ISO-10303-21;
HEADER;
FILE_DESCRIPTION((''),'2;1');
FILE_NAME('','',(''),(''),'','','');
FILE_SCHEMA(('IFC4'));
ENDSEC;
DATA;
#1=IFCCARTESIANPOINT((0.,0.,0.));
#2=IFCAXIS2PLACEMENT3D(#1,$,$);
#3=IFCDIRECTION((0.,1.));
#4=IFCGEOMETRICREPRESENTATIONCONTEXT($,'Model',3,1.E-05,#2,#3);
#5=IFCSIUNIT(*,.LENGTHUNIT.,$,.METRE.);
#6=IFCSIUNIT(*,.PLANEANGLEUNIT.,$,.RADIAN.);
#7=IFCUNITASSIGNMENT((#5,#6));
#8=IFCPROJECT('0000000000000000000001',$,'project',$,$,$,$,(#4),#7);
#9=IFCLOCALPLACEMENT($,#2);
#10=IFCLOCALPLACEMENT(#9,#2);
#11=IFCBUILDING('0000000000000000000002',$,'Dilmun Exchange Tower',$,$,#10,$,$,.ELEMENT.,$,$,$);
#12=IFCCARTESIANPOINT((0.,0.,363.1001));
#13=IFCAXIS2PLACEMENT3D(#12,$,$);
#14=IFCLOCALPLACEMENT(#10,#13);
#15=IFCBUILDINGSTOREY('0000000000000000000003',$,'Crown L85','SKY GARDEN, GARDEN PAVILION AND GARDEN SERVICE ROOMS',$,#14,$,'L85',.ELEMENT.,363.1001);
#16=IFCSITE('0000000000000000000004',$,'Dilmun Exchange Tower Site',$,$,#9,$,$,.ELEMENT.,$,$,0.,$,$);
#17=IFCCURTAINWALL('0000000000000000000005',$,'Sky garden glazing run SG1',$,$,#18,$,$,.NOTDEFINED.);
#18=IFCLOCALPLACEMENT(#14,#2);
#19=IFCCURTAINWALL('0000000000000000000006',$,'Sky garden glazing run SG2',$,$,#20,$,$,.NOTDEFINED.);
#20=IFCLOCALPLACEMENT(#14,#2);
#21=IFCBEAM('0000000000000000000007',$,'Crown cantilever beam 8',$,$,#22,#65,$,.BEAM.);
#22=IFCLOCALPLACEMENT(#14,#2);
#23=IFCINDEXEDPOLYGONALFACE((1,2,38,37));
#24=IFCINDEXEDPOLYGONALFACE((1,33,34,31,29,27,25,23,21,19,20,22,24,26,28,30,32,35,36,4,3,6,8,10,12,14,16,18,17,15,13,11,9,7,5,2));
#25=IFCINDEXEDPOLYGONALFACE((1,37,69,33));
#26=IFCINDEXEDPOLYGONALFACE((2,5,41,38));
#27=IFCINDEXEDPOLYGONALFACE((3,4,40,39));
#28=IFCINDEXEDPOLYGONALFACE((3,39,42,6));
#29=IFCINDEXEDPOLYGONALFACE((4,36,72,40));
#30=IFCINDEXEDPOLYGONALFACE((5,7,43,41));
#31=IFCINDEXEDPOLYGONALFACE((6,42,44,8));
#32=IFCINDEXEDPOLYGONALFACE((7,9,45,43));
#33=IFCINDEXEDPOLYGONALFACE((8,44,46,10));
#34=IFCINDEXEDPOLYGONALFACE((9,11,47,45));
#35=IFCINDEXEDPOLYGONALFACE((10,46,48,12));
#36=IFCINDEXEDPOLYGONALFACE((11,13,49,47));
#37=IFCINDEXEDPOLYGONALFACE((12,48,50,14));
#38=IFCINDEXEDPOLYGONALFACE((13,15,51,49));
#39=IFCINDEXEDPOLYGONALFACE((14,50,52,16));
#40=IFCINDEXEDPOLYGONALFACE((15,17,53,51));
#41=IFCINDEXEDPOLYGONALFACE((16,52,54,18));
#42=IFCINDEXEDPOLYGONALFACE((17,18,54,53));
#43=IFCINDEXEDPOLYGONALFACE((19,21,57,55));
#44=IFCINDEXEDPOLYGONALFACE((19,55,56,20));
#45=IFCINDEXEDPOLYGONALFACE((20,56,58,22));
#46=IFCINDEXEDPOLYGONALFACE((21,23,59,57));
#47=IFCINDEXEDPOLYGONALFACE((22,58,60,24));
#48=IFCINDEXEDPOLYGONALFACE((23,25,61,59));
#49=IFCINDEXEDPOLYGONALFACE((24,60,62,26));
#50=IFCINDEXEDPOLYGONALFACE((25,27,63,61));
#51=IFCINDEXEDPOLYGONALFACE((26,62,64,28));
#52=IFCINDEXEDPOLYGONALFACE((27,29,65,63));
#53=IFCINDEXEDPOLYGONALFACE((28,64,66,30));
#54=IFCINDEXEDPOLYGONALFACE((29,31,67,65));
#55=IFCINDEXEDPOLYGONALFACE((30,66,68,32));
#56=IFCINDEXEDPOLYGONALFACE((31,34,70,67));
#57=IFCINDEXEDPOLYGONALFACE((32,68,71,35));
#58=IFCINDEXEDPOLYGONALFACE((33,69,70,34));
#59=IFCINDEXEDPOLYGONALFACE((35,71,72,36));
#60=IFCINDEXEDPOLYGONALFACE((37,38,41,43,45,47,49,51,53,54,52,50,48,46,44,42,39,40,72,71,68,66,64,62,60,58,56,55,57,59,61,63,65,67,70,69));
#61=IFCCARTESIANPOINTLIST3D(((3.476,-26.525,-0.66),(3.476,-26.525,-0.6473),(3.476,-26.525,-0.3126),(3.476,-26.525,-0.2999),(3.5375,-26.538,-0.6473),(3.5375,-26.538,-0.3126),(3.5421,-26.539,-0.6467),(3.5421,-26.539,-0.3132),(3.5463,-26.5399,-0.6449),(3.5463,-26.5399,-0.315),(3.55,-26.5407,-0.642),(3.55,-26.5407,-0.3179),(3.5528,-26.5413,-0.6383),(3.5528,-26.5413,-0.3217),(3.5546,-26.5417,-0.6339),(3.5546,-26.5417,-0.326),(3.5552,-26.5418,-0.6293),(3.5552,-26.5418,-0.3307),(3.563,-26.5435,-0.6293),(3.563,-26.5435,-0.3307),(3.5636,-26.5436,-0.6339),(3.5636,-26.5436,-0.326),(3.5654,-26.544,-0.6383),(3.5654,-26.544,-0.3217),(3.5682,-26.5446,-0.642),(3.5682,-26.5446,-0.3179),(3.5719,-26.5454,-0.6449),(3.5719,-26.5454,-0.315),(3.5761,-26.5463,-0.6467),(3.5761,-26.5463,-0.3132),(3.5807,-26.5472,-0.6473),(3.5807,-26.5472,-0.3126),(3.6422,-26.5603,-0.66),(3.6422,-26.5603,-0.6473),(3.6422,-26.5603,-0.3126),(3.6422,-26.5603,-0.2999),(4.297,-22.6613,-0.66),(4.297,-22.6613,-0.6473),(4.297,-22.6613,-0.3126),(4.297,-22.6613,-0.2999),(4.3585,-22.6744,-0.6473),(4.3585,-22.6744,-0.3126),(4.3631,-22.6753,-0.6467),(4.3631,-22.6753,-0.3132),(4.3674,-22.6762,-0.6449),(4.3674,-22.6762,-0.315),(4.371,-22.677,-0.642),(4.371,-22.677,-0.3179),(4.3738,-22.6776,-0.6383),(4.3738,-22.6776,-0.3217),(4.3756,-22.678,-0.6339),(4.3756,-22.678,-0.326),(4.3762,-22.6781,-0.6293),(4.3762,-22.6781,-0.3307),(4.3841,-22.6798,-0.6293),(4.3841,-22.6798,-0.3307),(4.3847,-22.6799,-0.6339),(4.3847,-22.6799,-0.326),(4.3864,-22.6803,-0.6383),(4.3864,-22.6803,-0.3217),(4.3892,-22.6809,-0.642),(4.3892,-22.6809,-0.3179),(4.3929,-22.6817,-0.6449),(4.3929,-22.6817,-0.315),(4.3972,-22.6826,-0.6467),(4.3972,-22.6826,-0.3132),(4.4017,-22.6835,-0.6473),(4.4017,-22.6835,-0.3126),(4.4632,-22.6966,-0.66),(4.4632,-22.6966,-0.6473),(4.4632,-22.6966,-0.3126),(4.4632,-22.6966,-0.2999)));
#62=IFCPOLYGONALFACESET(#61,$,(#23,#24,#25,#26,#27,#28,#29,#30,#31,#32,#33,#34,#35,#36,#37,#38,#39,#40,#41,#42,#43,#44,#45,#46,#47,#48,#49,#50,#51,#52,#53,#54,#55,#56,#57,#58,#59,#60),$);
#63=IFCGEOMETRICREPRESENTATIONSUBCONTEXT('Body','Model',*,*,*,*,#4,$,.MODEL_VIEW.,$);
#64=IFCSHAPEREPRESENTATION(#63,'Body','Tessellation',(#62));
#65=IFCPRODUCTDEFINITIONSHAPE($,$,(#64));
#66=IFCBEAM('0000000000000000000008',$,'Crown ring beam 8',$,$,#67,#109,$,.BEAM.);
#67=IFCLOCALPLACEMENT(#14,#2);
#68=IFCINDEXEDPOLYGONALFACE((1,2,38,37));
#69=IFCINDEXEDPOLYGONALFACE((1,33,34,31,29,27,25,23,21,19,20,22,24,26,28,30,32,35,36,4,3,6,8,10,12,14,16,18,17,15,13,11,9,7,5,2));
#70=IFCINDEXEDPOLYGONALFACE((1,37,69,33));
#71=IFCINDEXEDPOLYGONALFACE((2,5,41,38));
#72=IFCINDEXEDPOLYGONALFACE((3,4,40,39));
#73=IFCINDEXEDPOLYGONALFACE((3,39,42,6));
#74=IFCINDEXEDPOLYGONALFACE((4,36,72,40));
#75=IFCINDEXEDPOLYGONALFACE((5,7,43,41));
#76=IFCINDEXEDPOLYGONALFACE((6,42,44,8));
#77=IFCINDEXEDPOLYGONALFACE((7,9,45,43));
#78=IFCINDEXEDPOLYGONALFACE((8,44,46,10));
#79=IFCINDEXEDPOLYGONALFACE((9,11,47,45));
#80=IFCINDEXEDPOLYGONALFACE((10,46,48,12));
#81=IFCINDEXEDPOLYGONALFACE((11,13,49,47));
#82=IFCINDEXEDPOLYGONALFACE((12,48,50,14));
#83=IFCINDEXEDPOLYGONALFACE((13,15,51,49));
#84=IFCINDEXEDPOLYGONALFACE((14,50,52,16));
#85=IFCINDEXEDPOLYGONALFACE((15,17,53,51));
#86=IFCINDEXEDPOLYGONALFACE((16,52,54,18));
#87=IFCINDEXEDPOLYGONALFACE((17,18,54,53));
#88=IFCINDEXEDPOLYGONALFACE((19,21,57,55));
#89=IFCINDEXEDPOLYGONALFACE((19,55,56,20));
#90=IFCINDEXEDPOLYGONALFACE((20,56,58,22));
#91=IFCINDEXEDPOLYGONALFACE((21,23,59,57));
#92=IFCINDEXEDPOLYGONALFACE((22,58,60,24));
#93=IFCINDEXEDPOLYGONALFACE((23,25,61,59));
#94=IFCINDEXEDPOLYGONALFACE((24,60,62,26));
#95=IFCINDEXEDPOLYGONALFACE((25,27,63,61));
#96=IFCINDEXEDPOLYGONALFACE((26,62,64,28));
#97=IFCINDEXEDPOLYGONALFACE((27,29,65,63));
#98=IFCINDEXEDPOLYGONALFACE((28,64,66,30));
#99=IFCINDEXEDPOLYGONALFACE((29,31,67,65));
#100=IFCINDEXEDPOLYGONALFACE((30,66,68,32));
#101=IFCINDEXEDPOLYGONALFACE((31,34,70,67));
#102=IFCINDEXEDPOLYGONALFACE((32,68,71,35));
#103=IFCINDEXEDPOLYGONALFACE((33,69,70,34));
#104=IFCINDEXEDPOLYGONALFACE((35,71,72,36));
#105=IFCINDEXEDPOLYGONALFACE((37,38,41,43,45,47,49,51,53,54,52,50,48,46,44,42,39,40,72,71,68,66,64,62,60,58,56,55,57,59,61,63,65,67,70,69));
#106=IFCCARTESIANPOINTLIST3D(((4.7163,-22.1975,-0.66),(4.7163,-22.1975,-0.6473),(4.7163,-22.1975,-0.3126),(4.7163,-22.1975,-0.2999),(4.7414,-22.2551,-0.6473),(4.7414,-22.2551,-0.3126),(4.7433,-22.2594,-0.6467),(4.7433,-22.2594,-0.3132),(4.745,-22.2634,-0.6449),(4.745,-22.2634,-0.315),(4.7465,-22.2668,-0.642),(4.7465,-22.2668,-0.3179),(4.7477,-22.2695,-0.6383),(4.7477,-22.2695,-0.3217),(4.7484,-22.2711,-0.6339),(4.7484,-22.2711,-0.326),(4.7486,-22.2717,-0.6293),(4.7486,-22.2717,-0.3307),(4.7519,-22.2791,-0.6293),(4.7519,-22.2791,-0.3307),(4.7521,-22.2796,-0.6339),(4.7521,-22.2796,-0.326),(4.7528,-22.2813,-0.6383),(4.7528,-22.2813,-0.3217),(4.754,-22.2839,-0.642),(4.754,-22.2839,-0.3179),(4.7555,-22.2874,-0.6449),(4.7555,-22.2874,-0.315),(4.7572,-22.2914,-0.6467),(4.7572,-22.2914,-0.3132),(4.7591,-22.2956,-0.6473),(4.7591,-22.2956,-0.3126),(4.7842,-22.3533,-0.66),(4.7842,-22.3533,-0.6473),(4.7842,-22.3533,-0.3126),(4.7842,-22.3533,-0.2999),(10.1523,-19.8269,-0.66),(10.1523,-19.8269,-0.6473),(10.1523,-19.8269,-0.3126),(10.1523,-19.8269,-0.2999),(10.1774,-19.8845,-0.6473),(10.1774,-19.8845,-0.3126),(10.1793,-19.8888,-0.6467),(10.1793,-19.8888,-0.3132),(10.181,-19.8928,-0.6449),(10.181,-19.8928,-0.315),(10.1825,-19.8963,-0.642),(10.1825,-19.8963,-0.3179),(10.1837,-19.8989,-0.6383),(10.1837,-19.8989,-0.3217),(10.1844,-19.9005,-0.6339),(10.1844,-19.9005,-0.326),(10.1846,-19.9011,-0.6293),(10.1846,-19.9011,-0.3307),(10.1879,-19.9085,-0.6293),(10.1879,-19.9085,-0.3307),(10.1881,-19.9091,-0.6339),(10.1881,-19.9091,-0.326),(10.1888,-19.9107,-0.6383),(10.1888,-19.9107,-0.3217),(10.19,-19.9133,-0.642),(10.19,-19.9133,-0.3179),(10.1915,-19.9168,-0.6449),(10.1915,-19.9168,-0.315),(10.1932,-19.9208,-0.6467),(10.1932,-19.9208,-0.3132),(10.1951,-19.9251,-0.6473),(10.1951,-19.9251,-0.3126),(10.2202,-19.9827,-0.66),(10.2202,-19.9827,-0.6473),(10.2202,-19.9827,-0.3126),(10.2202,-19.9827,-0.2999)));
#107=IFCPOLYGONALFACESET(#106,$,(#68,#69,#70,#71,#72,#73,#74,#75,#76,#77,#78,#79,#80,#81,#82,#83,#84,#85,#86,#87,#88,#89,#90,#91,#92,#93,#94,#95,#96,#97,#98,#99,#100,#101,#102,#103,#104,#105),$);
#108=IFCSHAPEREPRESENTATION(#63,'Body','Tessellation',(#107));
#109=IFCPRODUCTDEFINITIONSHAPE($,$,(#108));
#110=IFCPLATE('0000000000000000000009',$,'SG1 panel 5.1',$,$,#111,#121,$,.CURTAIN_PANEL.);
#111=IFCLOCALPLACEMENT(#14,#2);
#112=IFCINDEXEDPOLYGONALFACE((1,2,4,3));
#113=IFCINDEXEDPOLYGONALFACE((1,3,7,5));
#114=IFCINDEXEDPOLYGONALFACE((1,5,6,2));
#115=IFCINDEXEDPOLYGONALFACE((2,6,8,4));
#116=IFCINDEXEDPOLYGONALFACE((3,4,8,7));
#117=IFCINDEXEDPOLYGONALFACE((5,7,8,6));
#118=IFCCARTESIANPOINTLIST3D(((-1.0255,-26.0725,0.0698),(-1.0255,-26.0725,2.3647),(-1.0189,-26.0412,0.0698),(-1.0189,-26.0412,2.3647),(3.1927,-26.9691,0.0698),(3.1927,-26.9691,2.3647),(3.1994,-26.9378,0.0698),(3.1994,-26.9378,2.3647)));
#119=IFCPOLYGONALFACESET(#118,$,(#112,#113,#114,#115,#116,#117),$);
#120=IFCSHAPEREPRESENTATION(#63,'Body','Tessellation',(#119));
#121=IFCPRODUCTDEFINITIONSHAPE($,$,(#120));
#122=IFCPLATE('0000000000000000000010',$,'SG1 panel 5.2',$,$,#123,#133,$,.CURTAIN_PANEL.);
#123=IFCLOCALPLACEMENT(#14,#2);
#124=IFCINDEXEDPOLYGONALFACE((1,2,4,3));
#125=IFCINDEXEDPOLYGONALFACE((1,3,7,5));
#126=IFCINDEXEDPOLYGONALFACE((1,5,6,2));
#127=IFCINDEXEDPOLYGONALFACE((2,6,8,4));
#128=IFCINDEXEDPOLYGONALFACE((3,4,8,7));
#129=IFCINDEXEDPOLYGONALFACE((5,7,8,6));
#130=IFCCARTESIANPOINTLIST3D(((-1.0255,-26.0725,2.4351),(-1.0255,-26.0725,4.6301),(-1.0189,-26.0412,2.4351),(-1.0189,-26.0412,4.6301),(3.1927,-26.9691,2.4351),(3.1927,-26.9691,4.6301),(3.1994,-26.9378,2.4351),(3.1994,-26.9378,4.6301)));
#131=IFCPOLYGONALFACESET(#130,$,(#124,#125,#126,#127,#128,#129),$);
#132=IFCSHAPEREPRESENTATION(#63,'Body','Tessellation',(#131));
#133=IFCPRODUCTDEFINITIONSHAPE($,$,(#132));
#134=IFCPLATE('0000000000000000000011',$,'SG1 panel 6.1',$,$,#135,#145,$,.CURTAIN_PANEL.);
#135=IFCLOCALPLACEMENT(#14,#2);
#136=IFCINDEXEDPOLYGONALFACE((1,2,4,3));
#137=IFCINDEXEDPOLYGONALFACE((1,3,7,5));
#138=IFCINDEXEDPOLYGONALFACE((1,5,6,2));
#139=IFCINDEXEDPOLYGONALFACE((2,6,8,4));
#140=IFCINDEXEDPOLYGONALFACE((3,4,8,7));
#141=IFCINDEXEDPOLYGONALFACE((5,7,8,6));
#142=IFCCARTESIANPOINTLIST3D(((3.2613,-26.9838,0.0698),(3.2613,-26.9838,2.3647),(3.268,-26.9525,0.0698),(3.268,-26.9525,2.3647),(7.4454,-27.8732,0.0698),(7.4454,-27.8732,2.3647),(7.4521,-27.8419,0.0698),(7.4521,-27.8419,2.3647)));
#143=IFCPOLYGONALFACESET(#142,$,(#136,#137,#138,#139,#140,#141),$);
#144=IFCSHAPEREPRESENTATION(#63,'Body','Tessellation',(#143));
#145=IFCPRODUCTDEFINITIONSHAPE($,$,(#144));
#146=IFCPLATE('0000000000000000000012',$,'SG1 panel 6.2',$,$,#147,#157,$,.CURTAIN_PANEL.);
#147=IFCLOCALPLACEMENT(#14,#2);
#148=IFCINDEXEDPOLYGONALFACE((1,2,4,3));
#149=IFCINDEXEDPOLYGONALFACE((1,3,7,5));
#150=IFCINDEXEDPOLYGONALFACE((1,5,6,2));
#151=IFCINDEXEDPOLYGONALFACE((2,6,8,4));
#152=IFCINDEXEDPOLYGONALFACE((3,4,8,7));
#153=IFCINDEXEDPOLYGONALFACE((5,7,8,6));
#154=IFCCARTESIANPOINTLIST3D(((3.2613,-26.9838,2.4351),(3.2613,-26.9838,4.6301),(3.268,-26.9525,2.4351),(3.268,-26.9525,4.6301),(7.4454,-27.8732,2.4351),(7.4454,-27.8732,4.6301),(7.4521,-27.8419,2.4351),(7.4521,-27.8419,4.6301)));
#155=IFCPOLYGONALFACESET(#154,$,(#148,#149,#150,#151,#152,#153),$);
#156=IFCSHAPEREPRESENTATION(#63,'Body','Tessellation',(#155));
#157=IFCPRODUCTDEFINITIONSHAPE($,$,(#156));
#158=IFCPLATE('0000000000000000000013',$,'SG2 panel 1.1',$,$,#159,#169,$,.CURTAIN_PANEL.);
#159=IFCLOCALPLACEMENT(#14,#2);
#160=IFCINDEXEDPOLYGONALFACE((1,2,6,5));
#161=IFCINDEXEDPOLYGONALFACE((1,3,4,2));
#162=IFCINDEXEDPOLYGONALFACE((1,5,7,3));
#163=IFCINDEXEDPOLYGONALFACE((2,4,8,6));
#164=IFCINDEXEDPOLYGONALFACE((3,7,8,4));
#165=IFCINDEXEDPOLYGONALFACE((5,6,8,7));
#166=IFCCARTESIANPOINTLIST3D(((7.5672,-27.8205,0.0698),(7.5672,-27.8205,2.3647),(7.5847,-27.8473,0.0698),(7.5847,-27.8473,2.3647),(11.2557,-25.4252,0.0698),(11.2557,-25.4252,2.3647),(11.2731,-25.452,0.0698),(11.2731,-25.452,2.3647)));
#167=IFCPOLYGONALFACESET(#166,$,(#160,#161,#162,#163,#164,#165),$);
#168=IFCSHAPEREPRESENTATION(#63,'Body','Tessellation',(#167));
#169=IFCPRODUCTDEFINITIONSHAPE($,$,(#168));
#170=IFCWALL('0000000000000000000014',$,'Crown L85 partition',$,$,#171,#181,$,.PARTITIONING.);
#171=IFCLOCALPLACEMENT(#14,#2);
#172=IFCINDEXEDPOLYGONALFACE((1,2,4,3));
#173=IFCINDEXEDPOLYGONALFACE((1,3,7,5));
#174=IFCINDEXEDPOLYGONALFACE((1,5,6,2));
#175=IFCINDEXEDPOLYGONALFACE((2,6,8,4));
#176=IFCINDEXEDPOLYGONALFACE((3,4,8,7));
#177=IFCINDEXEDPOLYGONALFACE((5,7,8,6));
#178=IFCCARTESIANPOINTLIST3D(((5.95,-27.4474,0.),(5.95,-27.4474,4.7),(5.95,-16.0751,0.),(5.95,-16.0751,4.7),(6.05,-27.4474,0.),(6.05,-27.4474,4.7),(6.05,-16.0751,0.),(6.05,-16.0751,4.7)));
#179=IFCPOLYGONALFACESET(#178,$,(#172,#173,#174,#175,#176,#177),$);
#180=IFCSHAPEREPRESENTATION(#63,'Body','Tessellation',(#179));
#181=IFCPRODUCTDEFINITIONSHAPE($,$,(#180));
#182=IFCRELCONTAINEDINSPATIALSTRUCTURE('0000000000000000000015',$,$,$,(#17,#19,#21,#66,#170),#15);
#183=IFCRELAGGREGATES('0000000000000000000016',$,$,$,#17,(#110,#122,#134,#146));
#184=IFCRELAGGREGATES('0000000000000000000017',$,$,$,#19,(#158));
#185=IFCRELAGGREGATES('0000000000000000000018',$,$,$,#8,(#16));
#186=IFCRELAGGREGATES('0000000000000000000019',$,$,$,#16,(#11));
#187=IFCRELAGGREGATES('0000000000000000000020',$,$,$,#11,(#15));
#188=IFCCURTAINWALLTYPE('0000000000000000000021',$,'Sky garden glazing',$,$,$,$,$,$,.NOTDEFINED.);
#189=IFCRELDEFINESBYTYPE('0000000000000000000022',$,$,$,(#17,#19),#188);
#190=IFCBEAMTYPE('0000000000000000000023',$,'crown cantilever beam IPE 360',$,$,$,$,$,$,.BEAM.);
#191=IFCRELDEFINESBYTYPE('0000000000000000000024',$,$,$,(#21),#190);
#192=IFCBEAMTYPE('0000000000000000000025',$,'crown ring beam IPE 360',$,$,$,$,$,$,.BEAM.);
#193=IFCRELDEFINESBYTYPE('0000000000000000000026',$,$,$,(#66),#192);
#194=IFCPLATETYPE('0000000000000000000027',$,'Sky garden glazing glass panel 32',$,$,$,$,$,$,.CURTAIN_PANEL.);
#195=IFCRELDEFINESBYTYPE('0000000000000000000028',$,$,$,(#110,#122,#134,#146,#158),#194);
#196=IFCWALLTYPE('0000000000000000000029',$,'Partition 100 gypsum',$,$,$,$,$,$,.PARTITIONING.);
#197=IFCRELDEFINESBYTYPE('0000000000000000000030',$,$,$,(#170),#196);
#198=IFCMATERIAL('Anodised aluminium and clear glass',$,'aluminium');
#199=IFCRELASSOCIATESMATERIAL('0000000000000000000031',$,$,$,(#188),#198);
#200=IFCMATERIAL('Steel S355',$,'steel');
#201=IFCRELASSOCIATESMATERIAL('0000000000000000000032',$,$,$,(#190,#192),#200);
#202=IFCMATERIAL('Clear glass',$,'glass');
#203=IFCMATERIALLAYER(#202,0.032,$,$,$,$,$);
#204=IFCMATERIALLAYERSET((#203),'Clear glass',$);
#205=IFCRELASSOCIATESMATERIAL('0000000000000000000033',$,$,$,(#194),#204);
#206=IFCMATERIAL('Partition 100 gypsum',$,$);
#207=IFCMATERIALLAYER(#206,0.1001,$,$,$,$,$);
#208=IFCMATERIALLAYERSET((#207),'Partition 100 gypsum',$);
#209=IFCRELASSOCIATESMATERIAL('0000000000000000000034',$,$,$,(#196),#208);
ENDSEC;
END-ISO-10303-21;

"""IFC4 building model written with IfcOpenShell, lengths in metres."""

from ifc_helpers import new_model, si_unit, direction, frame, frame_2d, origin, origin_2d, place, context, subcontext, project, spatial, rectangle, i_section, extrude, material, layer, layer_set, material_profile, profile_set, type_object, element, aggregate, save


model = new_model("IFC4")

# Units and contexts
model_context = context("Model", 3, precision=1e-05, world=origin(), true_north=direction((0.0, 1.0)))
body_context = subcontext(model_context, "Body", "Model", "MODEL_VIEW")
ifc_project = project(units=[si_unit("LENGTHUNIT", "METRE"), si_unit("PLANEANGLEUNIT", "RADIAN")], contexts=[model_context])

# Site, building, storey
site_placement = place(None, origin())
site = spatial("IfcSite", under=ifc_project, at=site_placement, Name="Dilmun Exchange Tower Site", CompositionType="ELEMENT", RefElevation=0.0)
building_placement = place(site_placement, origin())
building = spatial("IfcBuilding", under=site, at=building_placement, Name="Dilmun Exchange Tower", CompositionType="ELEMENT")
storey_placement = place(building_placement, frame((0.0, 0.0, 363.1001)))
storey = spatial("IfcBuildingStorey", under=building, at=storey_placement, Name="Crown L85", Description="SKY GARDEN, GARDEN PAVILION AND GARDEN SERVICE ROOMS", LongName="L85", CompositionType="ELEMENT", Elevation=363.1001)

# Curtain wall
ifc_material_1 = material(Name="Anodised aluminium and clear glass", Category="aluminium")
curtain_wall_type = type_object("IfcCurtainWallType", Name="Sky garden glazing", PredefinedType="NOTDEFINED", material=ifc_material_1)
curtain_wall_1_placement = place(storey_placement, origin())
curtain_wall_1 = element("IfcCurtainWall", 1, at=curtain_wall_1_placement, inside=storey, type_object=curtain_wall_type, Name="Sky garden glazing run SG1", PredefinedType="NOTDEFINED")

# Curtain wall
curtain_wall_2_placement = place(storey_placement, origin())
curtain_wall_2 = element("IfcCurtainWall", 2, at=curtain_wall_2_placement, inside=storey, type_object=curtain_wall_type, Name="Sky garden glazing run SG2", PredefinedType="NOTDEFINED")

# Beams
ifc_material_2 = material(Name="Steel S355", Category="steel")
ifc_material_profile_1 = material_profile(ifc_material_2, i_section(OverallWidth=0.1699, OverallDepth=0.3601, WebThickness=0.0081, FlangeThickness=0.0127, FilletRadius=0.0181, at=origin_2d()), Name="IPE 360")
ifc_profile_set_1 = profile_set([ifc_material_profile_1], Name="Steel S355")
beam_type_1 = type_object("IfcBeamType", Name="crown cantilever beam IPE 360", PredefinedType="BEAM", material=ifc_profile_set_1)
beam_1_placement = place(storey_placement, frame((4.3801, -22.679, -0.48), z_axis=(-0.207857, -0.978159, 0.0), x_axis=(0.978159, -0.207857, 0.0)))
element("IfcBeam", 3, at=beam_1_placement, inside=storey, type_object=beam_type_1, Name="Crown cantilever beam 8", PredefinedType="BEAM", context=body_context, shape_type="SweptSolid", body=[
    extrude(i_section(OverallWidth=0.1699, OverallDepth=0.3601, WebThickness=0.0081, FlangeThickness=0.0127, FilletRadius=0.0181, at=origin_2d()), origin(), (0.0, 0.0, 1.0), 3.95),
])
ifc_material_profile_2 = material_profile(ifc_material_2, i_section(OverallWidth=0.1699, OverallDepth=0.3601, WebThickness=0.0081, FlangeThickness=0.0127, FilletRadius=0.0181, at=origin_2d()), Name="IPE 360")
ifc_profile_set_2 = profile_set([ifc_material_profile_2], Name="Steel S355")
beam_type_2 = type_object("IfcBeamType", Name="crown ring beam IPE 360", PredefinedType="BEAM", material=ifc_profile_set_2)
beam_2_placement = place(storey_placement, frame((4.7502, -22.2754, -0.48), z_axis=(0.916631, 0.399734, 0.0), x_axis=(-0.399734, 0.916631, 0.0)))
element("IfcBeam", 4, at=beam_2_placement, inside=storey, type_object=beam_type_2, Name="Crown ring beam 8", PredefinedType="BEAM", context=body_context, shape_type="SweptSolid", body=[
    extrude(i_section(OverallWidth=0.1699, OverallDepth=0.3601, WebThickness=0.0081, FlangeThickness=0.0127, FilletRadius=0.0181, at=origin_2d()), origin(), (0.0, 0.0, 1.0), 5.9304),
])

# Plates
ifc_material_3 = material(Name="Clear glass", Category="glass")
ifc_layer_1 = layer(ifc_material_3, 0.032)
ifc_layer_set_1 = layer_set([ifc_layer_1], Name="Clear glass")
plate_type = type_object("IfcPlateType", Name="Sky garden glazing glass panel 32", PredefinedType="CURTAIN_PANEL", material=ifc_layer_set_1)
plate_1_placement = place(storey_placement, frame((1.0869, -26.5051, 0.0698), z_axis=(0.0, 0.0, 1.0), x_axis=(0.978147, -0.207913, 0.0)))
plate_1 = element("IfcPlate", 5, at=plate_1_placement, type_object=plate_type, Name="SG1 panel 5.1", PredefinedType="CURTAIN_PANEL", context=body_context, shape_type="SweptSolid", body=[
    extrude(rectangle(XDim=4.3125, YDim=0.032, at=origin_2d()), origin(), (0.0, 0.0, 1.0), 2.2949),
])
plate_2_placement = place(storey_placement, frame((1.0869, -26.5051, 2.4351), z_axis=(0.0, 0.0, 1.0), x_axis=(0.978147, -0.207913, 0.0)))
plate_2 = element("IfcPlate", 6, at=plate_2_placement, type_object=plate_type, Name="SG1 panel 5.2", PredefinedType="CURTAIN_PANEL", context=body_context, shape_type="SweptSolid", body=[
    extrude(rectangle(XDim=4.3125, YDim=0.032, at=origin_2d()), origin(), (0.0, 0.0, 1.0), 2.1951),
])
plate_3_placement = place(storey_placement, frame((5.3567, -27.4128, 0.0698), z_axis=(0.0, 0.0, 1.0), x_axis=(0.978147, -0.207913, 0.0)))
plate_3 = element("IfcPlate", 7, at=plate_3_placement, type_object=plate_type, Name="SG1 panel 6.1", PredefinedType="CURTAIN_PANEL", context=body_context, shape_type="SweptSolid", body=[
    extrude(rectangle(XDim=4.2776, YDim=0.032, at=origin_2d()), origin(), (0.0, 0.0, 1.0), 2.2949),
])
plate_4_placement = place(storey_placement, frame((5.3567, -27.4128, 2.4351), z_axis=(0.0, 0.0, 1.0), x_axis=(0.978147, -0.207913, 0.0)))
plate_4 = element("IfcPlate", 8, at=plate_4_placement, type_object=plate_type, Name="SG1 panel 6.2", PredefinedType="CURTAIN_PANEL", context=body_context, shape_type="SweptSolid", body=[
    extrude(rectangle(XDim=4.2776, YDim=0.032, at=origin_2d()), origin(), (0.0, 0.0, 1.0), 2.1951),
])
aggregate(curtain_wall_1, [plate_1, plate_2, plate_3, plate_4])
plate_5_placement = place(storey_placement, frame((9.4202, -26.6362, 0.0698), z_axis=(0.0, 0.0, 1.0), x_axis=(0.838667, 0.544644, 0.0)))
plate_5 = element("IfcPlate", 9, at=plate_5_placement, type_object=plate_type, Name="SG2 panel 1.1", PredefinedType="CURTAIN_PANEL", context=body_context, shape_type="SweptSolid", body=[
    extrude(rectangle(XDim=4.3979, YDim=0.032, at=origin_2d()), origin(), (0.0, 0.0, 1.0), 2.2949),
])
aggregate(curtain_wall_2, [plate_5])

# Wall
ifc_material_4 = material(Name="Partition 100 gypsum")
ifc_layer_2 = layer(ifc_material_4, 0.1001)
ifc_layer_set_2 = layer_set([ifc_layer_2], Name="Partition 100 gypsum")
wall_type = type_object("IfcWallType", Name="Partition 100 gypsum", PredefinedType="PARTITIONING", material=ifc_layer_set_2)
wall_placement = place(storey_placement, frame((6.0, -27.4473, 0.0), z_axis=(0.0, 0.0, 1.0), x_axis=(0.0, 1.0, 0.0)))
element("IfcWall", 10, at=wall_placement, inside=storey, type_object=wall_type, Name="Crown L85 partition", PredefinedType="PARTITIONING", context=body_context, shape_type="SweptSolid", body=[
    extrude(rectangle(XDim=11.3723, YDim=0.1001, at=frame_2d((5.686, 0.0))), origin(), (0.0, 0.0, 1.0), 4.7),
])

save(model, "model.ifc")
